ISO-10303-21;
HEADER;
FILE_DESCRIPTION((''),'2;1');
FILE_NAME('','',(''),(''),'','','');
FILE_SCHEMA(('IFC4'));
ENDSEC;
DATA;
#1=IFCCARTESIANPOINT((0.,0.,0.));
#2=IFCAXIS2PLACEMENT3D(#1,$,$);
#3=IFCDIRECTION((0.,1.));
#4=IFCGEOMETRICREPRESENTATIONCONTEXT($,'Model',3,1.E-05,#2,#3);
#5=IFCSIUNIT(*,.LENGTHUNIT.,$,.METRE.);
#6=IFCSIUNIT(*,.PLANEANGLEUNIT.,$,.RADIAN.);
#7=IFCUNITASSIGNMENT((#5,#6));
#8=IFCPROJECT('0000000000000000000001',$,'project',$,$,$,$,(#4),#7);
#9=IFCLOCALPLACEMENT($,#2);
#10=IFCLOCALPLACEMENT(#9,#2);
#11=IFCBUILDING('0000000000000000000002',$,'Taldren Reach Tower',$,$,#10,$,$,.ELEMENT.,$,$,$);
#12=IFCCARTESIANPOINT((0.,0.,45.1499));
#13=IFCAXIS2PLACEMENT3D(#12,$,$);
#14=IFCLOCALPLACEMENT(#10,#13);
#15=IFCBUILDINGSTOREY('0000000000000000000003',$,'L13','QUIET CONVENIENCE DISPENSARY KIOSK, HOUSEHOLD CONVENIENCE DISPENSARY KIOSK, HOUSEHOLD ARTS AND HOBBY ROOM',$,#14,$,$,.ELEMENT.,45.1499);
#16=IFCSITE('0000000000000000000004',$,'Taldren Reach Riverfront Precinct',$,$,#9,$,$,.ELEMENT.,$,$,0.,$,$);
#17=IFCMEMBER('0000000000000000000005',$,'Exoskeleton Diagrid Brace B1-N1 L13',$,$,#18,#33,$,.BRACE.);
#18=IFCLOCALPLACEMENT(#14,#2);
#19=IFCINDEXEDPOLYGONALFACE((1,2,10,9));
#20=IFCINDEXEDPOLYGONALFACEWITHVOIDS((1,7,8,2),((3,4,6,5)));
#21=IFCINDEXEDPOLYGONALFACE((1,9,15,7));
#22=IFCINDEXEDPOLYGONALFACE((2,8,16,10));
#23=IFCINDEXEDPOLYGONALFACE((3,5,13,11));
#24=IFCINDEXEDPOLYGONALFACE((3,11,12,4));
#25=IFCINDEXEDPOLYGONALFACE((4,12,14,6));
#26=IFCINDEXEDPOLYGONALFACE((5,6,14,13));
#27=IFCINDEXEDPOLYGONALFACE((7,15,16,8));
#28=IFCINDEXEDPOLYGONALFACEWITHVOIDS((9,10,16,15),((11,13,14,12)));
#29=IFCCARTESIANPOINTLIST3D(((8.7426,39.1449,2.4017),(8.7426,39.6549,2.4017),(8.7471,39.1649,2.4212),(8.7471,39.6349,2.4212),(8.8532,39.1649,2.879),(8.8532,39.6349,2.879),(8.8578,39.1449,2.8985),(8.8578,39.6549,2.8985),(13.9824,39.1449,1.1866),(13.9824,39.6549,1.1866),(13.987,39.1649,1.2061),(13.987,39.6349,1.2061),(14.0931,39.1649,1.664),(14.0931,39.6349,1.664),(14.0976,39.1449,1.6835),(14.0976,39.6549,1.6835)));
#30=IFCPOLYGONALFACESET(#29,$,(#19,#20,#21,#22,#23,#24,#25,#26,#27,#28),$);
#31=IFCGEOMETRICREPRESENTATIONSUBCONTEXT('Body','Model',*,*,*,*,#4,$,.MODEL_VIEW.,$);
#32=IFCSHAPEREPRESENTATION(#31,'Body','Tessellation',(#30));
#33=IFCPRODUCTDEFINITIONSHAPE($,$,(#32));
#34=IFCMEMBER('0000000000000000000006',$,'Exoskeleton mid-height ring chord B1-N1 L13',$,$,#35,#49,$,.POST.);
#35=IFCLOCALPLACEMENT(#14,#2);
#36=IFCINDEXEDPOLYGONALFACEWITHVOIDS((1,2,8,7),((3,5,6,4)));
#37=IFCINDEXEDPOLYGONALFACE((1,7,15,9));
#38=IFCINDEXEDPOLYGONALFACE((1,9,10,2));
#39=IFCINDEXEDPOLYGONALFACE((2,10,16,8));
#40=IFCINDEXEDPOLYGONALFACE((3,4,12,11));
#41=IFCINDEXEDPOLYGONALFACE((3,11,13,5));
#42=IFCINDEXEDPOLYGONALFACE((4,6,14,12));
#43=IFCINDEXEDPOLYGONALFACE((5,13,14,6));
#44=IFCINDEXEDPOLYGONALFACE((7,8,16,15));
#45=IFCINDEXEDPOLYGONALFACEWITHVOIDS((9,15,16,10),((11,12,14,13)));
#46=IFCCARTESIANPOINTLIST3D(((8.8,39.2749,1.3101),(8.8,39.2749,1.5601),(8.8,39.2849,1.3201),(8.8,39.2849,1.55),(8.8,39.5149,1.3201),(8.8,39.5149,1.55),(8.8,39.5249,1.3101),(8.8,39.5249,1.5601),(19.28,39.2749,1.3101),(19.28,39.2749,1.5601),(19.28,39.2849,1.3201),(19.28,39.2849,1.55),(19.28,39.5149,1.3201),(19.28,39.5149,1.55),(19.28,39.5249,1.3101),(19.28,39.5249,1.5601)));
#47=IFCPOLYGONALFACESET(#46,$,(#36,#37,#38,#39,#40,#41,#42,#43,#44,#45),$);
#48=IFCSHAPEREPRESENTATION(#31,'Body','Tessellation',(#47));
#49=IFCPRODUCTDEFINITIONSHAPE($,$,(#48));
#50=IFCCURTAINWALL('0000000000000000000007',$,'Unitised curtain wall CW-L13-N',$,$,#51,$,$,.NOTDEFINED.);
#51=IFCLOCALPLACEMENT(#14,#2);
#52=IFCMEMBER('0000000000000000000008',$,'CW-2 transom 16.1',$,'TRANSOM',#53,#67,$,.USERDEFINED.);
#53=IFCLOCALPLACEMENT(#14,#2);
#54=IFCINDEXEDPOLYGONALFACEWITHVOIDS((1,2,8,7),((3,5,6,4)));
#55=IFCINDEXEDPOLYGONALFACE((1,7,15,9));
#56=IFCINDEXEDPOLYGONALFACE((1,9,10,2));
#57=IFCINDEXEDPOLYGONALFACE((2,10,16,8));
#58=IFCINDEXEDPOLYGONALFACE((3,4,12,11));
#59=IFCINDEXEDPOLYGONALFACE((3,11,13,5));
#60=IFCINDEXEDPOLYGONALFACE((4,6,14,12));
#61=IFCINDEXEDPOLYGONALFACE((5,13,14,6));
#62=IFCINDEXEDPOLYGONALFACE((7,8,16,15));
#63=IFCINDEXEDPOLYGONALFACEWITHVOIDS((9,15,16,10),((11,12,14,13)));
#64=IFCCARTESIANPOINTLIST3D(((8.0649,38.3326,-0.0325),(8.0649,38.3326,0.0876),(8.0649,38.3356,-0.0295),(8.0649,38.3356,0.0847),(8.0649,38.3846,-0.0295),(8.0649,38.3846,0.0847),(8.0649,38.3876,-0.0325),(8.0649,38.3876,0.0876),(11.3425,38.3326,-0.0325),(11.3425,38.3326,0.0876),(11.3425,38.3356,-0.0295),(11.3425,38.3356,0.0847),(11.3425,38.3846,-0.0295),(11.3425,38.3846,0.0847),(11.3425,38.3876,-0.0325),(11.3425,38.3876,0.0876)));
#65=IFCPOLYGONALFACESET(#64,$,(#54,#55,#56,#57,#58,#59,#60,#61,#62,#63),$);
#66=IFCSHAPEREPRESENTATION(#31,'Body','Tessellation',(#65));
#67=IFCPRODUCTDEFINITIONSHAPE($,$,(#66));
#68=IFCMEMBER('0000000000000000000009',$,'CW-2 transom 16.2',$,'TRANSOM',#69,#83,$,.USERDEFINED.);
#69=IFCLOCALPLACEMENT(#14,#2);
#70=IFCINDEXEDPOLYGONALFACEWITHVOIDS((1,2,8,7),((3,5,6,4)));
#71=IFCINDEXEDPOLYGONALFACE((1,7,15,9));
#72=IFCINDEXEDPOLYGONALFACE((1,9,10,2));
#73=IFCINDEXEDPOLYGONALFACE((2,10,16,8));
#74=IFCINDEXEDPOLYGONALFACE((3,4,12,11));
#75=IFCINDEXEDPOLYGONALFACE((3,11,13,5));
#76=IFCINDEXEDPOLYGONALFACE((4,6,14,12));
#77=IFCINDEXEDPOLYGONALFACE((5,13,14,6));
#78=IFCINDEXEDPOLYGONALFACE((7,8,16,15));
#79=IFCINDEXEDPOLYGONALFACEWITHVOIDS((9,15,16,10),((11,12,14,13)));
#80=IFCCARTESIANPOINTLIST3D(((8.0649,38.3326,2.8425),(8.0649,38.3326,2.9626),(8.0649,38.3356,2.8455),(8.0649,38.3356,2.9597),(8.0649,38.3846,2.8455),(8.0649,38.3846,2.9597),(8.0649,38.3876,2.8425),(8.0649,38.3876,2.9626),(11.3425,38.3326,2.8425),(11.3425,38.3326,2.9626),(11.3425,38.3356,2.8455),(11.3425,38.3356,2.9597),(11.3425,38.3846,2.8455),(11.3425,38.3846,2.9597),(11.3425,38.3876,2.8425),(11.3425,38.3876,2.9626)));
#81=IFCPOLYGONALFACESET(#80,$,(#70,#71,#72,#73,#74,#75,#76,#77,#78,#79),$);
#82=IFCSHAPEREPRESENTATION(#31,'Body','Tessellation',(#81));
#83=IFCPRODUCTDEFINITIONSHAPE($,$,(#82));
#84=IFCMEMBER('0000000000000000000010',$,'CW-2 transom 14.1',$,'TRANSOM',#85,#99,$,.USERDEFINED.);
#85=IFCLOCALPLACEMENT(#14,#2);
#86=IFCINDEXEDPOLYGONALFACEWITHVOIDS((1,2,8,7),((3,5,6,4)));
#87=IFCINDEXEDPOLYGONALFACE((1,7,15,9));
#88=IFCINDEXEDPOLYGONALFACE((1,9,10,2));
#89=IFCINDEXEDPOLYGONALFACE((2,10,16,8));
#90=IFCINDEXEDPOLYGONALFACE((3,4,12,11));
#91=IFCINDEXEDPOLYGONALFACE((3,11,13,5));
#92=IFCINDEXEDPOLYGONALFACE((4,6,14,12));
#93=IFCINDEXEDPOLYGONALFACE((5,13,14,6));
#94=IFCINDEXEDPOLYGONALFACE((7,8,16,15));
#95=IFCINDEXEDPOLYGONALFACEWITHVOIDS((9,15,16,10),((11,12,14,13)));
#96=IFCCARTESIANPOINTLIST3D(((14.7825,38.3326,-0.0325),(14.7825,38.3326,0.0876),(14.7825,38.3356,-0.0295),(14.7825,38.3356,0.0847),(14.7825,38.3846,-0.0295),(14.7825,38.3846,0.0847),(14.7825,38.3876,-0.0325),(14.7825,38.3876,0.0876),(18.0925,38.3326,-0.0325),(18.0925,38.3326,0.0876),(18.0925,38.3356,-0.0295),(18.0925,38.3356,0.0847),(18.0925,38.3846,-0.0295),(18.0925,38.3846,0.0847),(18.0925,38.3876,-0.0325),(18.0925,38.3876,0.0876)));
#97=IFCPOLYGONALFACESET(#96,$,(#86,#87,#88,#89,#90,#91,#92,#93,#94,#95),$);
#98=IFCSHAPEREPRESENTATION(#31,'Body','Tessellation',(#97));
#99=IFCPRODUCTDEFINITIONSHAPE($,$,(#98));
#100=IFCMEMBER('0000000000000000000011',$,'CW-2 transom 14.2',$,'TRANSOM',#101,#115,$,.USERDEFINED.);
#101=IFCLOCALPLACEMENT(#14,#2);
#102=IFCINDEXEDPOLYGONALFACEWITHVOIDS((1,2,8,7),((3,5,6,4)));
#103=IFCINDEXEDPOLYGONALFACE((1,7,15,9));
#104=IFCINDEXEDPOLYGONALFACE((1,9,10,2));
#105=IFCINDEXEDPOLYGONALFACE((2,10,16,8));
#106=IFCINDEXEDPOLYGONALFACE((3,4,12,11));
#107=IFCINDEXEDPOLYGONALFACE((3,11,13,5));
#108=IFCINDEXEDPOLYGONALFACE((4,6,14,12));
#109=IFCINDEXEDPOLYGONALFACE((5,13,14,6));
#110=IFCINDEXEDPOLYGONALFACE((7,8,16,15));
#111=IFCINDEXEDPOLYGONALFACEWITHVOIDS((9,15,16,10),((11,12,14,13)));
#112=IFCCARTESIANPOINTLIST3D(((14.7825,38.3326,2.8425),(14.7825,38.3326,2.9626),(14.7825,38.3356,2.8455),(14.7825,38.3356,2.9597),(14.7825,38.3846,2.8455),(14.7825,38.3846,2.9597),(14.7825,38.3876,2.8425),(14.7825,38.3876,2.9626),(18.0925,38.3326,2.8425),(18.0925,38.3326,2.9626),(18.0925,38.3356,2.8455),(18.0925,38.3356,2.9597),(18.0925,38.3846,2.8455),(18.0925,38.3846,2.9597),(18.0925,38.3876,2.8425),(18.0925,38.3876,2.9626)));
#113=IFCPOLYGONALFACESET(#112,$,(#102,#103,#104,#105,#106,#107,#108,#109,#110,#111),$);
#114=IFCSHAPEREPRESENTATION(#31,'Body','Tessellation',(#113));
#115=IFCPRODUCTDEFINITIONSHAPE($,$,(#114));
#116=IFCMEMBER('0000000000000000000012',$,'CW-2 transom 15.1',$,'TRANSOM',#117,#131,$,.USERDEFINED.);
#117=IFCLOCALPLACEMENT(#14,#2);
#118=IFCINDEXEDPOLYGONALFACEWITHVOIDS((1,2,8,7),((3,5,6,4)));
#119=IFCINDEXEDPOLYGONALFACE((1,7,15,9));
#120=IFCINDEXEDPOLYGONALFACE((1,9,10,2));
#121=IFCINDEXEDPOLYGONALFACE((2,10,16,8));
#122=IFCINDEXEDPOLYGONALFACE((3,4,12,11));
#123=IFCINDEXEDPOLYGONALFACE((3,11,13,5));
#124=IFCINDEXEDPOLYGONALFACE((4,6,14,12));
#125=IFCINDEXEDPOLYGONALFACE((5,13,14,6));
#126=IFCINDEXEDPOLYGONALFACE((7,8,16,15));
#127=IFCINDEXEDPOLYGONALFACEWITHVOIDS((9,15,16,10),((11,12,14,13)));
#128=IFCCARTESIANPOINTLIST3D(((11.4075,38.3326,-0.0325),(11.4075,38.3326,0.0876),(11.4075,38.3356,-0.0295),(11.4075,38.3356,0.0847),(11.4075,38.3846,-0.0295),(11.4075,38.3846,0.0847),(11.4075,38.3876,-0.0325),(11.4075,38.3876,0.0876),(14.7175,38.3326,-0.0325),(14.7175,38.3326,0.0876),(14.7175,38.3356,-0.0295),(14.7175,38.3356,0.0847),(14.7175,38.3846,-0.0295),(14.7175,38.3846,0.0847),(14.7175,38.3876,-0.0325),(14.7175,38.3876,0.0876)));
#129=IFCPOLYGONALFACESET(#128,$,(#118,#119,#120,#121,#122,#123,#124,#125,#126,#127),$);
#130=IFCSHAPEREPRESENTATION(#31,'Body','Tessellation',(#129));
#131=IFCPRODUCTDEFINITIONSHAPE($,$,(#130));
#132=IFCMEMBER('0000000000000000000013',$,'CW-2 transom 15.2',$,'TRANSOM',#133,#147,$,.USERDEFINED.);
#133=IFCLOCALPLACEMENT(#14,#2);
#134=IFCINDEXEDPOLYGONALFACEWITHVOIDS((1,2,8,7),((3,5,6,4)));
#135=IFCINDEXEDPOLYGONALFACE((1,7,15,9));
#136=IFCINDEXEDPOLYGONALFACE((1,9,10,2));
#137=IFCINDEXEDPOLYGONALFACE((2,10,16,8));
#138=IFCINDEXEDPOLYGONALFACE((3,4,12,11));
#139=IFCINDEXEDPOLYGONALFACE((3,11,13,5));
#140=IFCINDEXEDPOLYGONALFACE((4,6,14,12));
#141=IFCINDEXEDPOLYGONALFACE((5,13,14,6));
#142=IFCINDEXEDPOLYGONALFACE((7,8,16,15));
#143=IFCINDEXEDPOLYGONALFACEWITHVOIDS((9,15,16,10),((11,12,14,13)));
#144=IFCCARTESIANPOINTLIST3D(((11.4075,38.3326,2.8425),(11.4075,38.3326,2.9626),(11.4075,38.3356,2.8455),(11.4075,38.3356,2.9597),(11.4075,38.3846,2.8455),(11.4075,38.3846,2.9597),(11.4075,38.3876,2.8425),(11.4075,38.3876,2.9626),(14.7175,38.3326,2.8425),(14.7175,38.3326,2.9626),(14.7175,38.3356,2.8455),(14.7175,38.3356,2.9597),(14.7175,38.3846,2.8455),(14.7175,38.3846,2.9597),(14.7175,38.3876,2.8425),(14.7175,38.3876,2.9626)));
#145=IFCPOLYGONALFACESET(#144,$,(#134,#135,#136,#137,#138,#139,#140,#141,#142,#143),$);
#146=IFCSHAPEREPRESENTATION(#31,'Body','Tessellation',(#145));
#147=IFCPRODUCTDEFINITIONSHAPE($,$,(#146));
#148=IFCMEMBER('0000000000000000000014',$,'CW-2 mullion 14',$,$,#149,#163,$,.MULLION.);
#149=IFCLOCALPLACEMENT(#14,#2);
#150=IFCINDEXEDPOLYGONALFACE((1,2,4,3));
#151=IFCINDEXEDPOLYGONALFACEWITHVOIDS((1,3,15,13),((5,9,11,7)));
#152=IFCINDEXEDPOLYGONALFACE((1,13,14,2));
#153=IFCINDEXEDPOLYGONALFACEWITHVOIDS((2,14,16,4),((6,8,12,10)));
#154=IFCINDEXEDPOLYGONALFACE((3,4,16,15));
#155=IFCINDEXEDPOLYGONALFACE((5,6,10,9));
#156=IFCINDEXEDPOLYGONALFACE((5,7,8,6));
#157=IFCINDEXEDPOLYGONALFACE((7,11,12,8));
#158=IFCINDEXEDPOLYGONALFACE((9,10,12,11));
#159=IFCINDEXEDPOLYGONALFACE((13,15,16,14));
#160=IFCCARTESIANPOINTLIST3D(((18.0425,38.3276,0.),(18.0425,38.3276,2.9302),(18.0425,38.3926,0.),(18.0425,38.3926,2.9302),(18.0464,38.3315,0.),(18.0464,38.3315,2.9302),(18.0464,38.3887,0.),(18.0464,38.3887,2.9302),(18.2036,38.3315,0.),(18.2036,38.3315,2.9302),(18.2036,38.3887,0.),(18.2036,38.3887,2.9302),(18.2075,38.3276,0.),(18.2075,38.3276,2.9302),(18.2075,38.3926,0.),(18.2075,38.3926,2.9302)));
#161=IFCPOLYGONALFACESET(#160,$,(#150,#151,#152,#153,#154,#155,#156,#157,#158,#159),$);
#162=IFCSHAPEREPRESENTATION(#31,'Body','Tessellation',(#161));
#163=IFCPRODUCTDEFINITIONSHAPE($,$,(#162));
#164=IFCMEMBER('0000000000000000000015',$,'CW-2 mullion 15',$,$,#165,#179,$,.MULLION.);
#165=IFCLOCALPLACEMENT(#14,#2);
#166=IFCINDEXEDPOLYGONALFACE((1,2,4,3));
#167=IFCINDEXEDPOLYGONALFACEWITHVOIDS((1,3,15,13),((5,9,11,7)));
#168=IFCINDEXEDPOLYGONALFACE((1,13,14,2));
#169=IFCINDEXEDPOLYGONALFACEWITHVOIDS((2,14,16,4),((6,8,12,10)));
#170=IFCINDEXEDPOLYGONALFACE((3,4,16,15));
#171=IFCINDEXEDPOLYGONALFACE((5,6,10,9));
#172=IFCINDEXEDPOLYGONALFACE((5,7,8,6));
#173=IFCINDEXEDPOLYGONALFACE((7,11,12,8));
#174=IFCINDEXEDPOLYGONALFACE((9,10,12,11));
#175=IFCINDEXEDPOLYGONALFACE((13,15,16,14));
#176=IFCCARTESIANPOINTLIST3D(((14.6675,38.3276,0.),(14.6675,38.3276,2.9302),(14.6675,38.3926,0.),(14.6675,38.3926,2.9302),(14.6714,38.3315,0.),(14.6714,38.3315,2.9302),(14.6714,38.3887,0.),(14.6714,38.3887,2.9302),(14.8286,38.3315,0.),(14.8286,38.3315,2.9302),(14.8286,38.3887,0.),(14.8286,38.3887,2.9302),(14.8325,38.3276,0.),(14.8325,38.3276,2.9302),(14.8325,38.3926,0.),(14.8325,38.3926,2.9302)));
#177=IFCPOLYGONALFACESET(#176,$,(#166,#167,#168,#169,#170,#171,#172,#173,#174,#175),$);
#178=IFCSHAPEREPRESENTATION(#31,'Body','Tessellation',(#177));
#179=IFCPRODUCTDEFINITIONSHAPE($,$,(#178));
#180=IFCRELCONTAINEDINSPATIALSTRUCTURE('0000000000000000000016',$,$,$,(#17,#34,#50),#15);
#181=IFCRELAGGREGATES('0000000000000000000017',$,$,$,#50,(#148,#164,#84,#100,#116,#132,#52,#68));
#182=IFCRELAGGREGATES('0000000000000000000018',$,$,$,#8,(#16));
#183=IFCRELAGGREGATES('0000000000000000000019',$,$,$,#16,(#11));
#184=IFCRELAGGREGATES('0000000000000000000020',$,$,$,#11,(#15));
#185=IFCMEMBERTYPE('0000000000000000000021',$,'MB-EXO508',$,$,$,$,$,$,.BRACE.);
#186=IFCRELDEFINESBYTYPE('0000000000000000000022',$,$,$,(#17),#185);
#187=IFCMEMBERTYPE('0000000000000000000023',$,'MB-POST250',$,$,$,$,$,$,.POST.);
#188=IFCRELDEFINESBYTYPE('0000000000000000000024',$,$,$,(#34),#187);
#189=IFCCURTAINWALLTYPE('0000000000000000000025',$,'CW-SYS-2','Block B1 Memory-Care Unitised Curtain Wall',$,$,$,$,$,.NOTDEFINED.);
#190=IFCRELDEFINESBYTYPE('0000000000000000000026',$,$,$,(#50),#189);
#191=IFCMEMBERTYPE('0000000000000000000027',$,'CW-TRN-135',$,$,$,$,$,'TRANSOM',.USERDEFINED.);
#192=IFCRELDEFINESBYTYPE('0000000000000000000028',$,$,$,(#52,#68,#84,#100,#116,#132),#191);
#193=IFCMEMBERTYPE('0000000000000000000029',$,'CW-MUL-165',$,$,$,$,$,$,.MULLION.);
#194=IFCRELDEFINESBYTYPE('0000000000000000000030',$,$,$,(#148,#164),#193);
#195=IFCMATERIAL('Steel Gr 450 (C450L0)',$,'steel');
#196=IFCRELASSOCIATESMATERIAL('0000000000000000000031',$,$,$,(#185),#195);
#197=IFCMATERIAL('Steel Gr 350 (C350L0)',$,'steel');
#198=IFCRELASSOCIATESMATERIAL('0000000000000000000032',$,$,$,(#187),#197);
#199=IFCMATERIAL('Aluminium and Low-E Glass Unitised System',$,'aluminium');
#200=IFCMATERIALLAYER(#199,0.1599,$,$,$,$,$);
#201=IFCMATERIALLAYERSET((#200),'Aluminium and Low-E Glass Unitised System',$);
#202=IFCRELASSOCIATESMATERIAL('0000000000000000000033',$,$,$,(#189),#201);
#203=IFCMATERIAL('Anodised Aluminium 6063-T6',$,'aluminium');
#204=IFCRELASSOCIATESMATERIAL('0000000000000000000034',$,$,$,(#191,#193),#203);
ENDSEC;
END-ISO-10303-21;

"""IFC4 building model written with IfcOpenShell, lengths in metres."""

from ifc_helpers import new_model, si_unit, direction, frame, origin, origin_2d, place, context, subcontext, project, spatial, hollow_rectangle, extrude, source, transform, mapped, material, layer, layer_set, material_profile, profile_set, type_object, element, aggregate, save


model = new_model("IFC4")

# Units and contexts
model_context = context("Model", 3, precision=1e-05, world=origin(), true_north=direction((0.0, 1.0)))
body_context = subcontext(model_context, "Body", "Model", "MODEL_VIEW")
ifc_project = project(units=[si_unit("LENGTHUNIT", "METRE"), si_unit("PLANEANGLEUNIT", "RADIAN")], contexts=[model_context])

# Site, building, storey
site_placement = place(None, origin())
site = spatial("IfcSite", under=ifc_project, at=site_placement, Name="Taldren Reach Riverfront Precinct", CompositionType="ELEMENT", RefElevation=0.0)
building_placement = place(site_placement, origin())
building = spatial("IfcBuilding", under=site, at=building_placement, Name="Taldren Reach Tower", CompositionType="ELEMENT")
storey_placement = place(building_placement, frame((0.0, 0.0, 45.1499)))
storey = spatial("IfcBuildingStorey", under=building, at=storey_placement, Name="L13", Description="QUIET CONVENIENCE DISPENSARY KIOSK, HOUSEHOLD CONVENIENCE DISPENSARY KIOSK, HOUSEHOLD ARTS AND HOBBY ROOM", CompositionType="ELEMENT", Elevation=45.1499)

# Members
ifc_material_1 = material(Name="Steel Gr 450 (C450L0)", Category="steel")
ifc_material_profile_1 = material_profile(ifc_material_1, hollow_rectangle(XDim=0.51, YDim=0.51, WallThickness=0.02, at=origin_2d()), Name="510x510x20.0SHS")
ifc_profile_set_1 = profile_set([ifc_material_profile_1], Name="Steel Gr 450 (C450L0)")
member_type_1 = type_object("IfcMemberType", Name="MB-EXO508", PredefinedType="BRACE", material=ifc_profile_set_1)
shared_shape_1 = source(origin(), body_context, "Body", "SweptSolid", [
    extrude(hollow_rectangle(XDim=0.51, YDim=0.51, WallThickness=0.02, at=origin_2d()), origin(), (0.0, 0.0, 1.0), 5.3789),
])
member_1_placement = place(storey_placement, frame((14.04, 39.3999, 1.4351), z_axis=(-0.974152, 0.0, 0.225894), x_axis=(0.0, -1.0, 0.0)))
element("IfcMember", 1, at=member_1_placement, inside=storey, type_object=member_type_1, Name="Exoskeleton Diagrid Brace B1-N1 L13", PredefinedType="BRACE", context=body_context, shape_type="MappedRepresentation", body=[
    mapped(shared_shape_1, transform((0.0, 0.0, 0.0), scale=1.0)),
])
ifc_material_2 = material(Name="Steel Gr 350 (C350L0)", Category="steel")
ifc_material_profile_2 = material_profile(ifc_material_2, hollow_rectangle(XDim=0.25, YDim=0.25, WallThickness=0.01, at=origin_2d()), Name="250x250x10.0SHS")
ifc_profile_set_2 = profile_set([ifc_material_profile_2], Name="Steel Gr 350 (C350L0)")
member_type_2 = type_object("IfcMemberType", Name="MB-POST250", PredefinedType="POST", material=ifc_profile_set_2)
shared_shape_2 = source(origin(), body_context, "Body", "SweptSolid", [
    extrude(hollow_rectangle(XDim=0.25, YDim=0.25, WallThickness=0.01, at=origin_2d()), origin(), (0.0, 0.0, 1.0), 10.48),
])
member_2_placement = place(storey_placement, frame((8.8, 39.3999, 1.4351), z_axis=(1.0, 0.0, 0.0), x_axis=(0.0, 1.0, 0.0)))
element("IfcMember", 2, at=member_2_placement, inside=storey, type_object=member_type_2, Name="Exoskeleton mid-height ring chord B1-N1 L13", PredefinedType="POST", context=body_context, shape_type="MappedRepresentation", body=[
    mapped(shared_shape_2, transform((0.0, 0.0, 0.0), scale=1.0)),
])

# Curtain wall, members
ifc_material_3 = material(Name="Aluminium and Low-E Glass Unitised System", Category="aluminium")
ifc_layer_1 = layer(ifc_material_3, 0.1599)
ifc_layer_set_1 = layer_set([ifc_layer_1], Name="Aluminium and Low-E Glass Unitised System")
curtain_wall_type = type_object("IfcCurtainWallType", Name="CW-SYS-2", Description="Block B1 Memory-Care Unitised Curtain Wall", PredefinedType="NOTDEFINED", material=ifc_layer_set_1)
curtain_wall_placement = place(storey_placement, origin())
curtain_wall = element("IfcCurtainWall", 3, at=curtain_wall_placement, inside=storey, type_object=curtain_wall_type, Name="Unitised curtain wall CW-L13-N", PredefinedType="NOTDEFINED")
ifc_material_4 = material(Name="Anodised Aluminium 6063-T6", Category="aluminium")
ifc_material_profile_3 = material_profile(ifc_material_4, hollow_rectangle(XDim=0.0549, YDim=0.1201, WallThickness=0.0029, at=origin_2d()), Name="ALU-120x55x3RHS")
ifc_profile_set_3 = profile_set([ifc_material_profile_3], Name="Anodised Aluminium 6063-T6")
member_type_3 = type_object("IfcMemberType", Name="CW-TRN-135", ElementType="TRANSOM", PredefinedType="USERDEFINED", material=ifc_profile_set_3)
shared_shape_3 = source(origin(), body_context, "Body", "SweptSolid", [
    extrude(hollow_rectangle(XDim=0.0549, YDim=0.1201, WallThickness=0.0029, at=origin_2d()), origin(), (0.0, 0.0, 1.0), 3.2776),
])
member_3_placement = place(storey_placement, frame((11.3425, 38.3601, 0.0276), z_axis=(-1.0, 0.0, 0.0), x_axis=(0.0, -1.0, 0.0)))
member_3 = element("IfcMember", 4, at=member_3_placement, type_object=member_type_3, Name="CW-2 transom 16.1", ObjectType="TRANSOM", PredefinedType="USERDEFINED", context=body_context, shape_type="MappedRepresentation", body=[
    mapped(shared_shape_3, transform((0.0, 0.0, 0.0), scale=1.0)),
])
member_4_placement = place(storey_placement, frame((11.3425, 38.3601, 2.9026), z_axis=(-1.0, 0.0, 0.0), x_axis=(0.0, -1.0, 0.0)))
member_4 = element("IfcMember", 5, at=member_4_placement, type_object=member_type_3, Name="CW-2 transom 16.2", ObjectType="TRANSOM", PredefinedType="USERDEFINED", context=body_context, shape_type="MappedRepresentation", body=[
    mapped(shared_shape_3, transform((0.0, 0.0, 0.0), scale=1.0)),
])
shared_shape_4 = source(origin(), body_context, "Body", "SweptSolid", [
    extrude(hollow_rectangle(XDim=0.0549, YDim=0.1201, WallThickness=0.0029, at=origin_2d()), origin(), (0.0, 0.0, 1.0), 3.3101),
])
member_5_placement = place(storey_placement, frame((18.0925, 38.3601, 0.0276), z_axis=(-1.0, 0.0, 0.0), x_axis=(0.0, -1.0, 0.0)))
member_5 = element("IfcMember", 6, at=member_5_placement, type_object=member_type_3, Name="CW-2 transom 14.1", ObjectType="TRANSOM", PredefinedType="USERDEFINED", context=body_context, shape_type="MappedRepresentation", body=[
    mapped(shared_shape_4, transform((0.0, 0.0, 0.0), scale=1.0)),
])
member_6_placement = place(storey_placement, frame((18.0925, 38.3601, 2.9026), z_axis=(-1.0, 0.0, 0.0), x_axis=(0.0, -1.0, 0.0)))
member_6 = element("IfcMember", 7, at=member_6_placement, type_object=member_type_3, Name="CW-2 transom 14.2", ObjectType="TRANSOM", PredefinedType="USERDEFINED", context=body_context, shape_type="MappedRepresentation", body=[
    mapped(shared_shape_4, transform((0.0, 0.0, 0.0), scale=1.0)),
])
member_7_placement = place(storey_placement, frame((14.7175, 38.3601, 0.0276), z_axis=(-1.0, 0.0, 0.0), x_axis=(0.0, -1.0, 0.0)))
member_7 = element("IfcMember", 8, at=member_7_placement, type_object=member_type_3, Name="CW-2 transom 15.1", ObjectType="TRANSOM", PredefinedType="USERDEFINED", context=body_context, shape_type="MappedRepresentation", body=[
    mapped(shared_shape_4, transform((0.0, 0.0, 0.0), scale=1.0)),
])
member_8_placement = place(storey_placement, frame((14.7175, 38.3601, 2.9026), z_axis=(-1.0, 0.0, 0.0), x_axis=(0.0, -1.0, 0.0)))
member_8 = element("IfcMember", 9, at=member_8_placement, type_object=member_type_3, Name="CW-2 transom 15.2", ObjectType="TRANSOM", PredefinedType="USERDEFINED", context=body_context, shape_type="MappedRepresentation", body=[
    mapped(shared_shape_4, transform((0.0, 0.0, 0.0), scale=1.0)),
])
ifc_material_profile_4 = material_profile(ifc_material_4, hollow_rectangle(XDim=0.0649, YDim=0.165, WallThickness=0.0039, at=origin_2d()), Name="ALU-165x65x4RHS")
ifc_profile_set_4 = profile_set([ifc_material_profile_4], Name="Anodised Aluminium 6063-T6")
member_type_4 = type_object("IfcMemberType", Name="CW-MUL-165", PredefinedType="MULLION", material=ifc_profile_set_4)
shared_shape_5 = source(origin(), body_context, "Body", "SweptSolid", [
    extrude(hollow_rectangle(XDim=0.0649, YDim=0.165, WallThickness=0.0039, at=origin_2d()), origin(), (0.0, 0.0, 1.0), 2.9302),
])
member_9_placement = place(storey_placement, frame((18.125, 38.3601, 0.0), z_axis=(0.0, 0.0, 1.0), x_axis=(0.0, -1.0, 0.0)))
member_9 = element("IfcMember", 10, at=member_9_placement, type_object=member_type_4, Name="CW-2 mullion 14", PredefinedType="MULLION", context=body_context, shape_type="MappedRepresentation", body=[
    mapped(shared_shape_5, transform((0.0, 0.0, 0.0), scale=1.0)),
])
member_10_placement = place(storey_placement, frame((14.75, 38.3601, 0.0), z_axis=(0.0, 0.0, 1.0), x_axis=(0.0, -1.0, 0.0)))
member_10 = element("IfcMember", 11, at=member_10_placement, type_object=member_type_4, Name="CW-2 mullion 15", PredefinedType="MULLION", context=body_context, shape_type="MappedRepresentation", body=[
    mapped(shared_shape_5, transform((0.0, 0.0, 0.0), scale=1.0)),
])

aggregate(curtain_wall, [member_9, member_10, member_5, member_6, member_7, member_8, member_3, member_4])

save(model, "model.ifc")
